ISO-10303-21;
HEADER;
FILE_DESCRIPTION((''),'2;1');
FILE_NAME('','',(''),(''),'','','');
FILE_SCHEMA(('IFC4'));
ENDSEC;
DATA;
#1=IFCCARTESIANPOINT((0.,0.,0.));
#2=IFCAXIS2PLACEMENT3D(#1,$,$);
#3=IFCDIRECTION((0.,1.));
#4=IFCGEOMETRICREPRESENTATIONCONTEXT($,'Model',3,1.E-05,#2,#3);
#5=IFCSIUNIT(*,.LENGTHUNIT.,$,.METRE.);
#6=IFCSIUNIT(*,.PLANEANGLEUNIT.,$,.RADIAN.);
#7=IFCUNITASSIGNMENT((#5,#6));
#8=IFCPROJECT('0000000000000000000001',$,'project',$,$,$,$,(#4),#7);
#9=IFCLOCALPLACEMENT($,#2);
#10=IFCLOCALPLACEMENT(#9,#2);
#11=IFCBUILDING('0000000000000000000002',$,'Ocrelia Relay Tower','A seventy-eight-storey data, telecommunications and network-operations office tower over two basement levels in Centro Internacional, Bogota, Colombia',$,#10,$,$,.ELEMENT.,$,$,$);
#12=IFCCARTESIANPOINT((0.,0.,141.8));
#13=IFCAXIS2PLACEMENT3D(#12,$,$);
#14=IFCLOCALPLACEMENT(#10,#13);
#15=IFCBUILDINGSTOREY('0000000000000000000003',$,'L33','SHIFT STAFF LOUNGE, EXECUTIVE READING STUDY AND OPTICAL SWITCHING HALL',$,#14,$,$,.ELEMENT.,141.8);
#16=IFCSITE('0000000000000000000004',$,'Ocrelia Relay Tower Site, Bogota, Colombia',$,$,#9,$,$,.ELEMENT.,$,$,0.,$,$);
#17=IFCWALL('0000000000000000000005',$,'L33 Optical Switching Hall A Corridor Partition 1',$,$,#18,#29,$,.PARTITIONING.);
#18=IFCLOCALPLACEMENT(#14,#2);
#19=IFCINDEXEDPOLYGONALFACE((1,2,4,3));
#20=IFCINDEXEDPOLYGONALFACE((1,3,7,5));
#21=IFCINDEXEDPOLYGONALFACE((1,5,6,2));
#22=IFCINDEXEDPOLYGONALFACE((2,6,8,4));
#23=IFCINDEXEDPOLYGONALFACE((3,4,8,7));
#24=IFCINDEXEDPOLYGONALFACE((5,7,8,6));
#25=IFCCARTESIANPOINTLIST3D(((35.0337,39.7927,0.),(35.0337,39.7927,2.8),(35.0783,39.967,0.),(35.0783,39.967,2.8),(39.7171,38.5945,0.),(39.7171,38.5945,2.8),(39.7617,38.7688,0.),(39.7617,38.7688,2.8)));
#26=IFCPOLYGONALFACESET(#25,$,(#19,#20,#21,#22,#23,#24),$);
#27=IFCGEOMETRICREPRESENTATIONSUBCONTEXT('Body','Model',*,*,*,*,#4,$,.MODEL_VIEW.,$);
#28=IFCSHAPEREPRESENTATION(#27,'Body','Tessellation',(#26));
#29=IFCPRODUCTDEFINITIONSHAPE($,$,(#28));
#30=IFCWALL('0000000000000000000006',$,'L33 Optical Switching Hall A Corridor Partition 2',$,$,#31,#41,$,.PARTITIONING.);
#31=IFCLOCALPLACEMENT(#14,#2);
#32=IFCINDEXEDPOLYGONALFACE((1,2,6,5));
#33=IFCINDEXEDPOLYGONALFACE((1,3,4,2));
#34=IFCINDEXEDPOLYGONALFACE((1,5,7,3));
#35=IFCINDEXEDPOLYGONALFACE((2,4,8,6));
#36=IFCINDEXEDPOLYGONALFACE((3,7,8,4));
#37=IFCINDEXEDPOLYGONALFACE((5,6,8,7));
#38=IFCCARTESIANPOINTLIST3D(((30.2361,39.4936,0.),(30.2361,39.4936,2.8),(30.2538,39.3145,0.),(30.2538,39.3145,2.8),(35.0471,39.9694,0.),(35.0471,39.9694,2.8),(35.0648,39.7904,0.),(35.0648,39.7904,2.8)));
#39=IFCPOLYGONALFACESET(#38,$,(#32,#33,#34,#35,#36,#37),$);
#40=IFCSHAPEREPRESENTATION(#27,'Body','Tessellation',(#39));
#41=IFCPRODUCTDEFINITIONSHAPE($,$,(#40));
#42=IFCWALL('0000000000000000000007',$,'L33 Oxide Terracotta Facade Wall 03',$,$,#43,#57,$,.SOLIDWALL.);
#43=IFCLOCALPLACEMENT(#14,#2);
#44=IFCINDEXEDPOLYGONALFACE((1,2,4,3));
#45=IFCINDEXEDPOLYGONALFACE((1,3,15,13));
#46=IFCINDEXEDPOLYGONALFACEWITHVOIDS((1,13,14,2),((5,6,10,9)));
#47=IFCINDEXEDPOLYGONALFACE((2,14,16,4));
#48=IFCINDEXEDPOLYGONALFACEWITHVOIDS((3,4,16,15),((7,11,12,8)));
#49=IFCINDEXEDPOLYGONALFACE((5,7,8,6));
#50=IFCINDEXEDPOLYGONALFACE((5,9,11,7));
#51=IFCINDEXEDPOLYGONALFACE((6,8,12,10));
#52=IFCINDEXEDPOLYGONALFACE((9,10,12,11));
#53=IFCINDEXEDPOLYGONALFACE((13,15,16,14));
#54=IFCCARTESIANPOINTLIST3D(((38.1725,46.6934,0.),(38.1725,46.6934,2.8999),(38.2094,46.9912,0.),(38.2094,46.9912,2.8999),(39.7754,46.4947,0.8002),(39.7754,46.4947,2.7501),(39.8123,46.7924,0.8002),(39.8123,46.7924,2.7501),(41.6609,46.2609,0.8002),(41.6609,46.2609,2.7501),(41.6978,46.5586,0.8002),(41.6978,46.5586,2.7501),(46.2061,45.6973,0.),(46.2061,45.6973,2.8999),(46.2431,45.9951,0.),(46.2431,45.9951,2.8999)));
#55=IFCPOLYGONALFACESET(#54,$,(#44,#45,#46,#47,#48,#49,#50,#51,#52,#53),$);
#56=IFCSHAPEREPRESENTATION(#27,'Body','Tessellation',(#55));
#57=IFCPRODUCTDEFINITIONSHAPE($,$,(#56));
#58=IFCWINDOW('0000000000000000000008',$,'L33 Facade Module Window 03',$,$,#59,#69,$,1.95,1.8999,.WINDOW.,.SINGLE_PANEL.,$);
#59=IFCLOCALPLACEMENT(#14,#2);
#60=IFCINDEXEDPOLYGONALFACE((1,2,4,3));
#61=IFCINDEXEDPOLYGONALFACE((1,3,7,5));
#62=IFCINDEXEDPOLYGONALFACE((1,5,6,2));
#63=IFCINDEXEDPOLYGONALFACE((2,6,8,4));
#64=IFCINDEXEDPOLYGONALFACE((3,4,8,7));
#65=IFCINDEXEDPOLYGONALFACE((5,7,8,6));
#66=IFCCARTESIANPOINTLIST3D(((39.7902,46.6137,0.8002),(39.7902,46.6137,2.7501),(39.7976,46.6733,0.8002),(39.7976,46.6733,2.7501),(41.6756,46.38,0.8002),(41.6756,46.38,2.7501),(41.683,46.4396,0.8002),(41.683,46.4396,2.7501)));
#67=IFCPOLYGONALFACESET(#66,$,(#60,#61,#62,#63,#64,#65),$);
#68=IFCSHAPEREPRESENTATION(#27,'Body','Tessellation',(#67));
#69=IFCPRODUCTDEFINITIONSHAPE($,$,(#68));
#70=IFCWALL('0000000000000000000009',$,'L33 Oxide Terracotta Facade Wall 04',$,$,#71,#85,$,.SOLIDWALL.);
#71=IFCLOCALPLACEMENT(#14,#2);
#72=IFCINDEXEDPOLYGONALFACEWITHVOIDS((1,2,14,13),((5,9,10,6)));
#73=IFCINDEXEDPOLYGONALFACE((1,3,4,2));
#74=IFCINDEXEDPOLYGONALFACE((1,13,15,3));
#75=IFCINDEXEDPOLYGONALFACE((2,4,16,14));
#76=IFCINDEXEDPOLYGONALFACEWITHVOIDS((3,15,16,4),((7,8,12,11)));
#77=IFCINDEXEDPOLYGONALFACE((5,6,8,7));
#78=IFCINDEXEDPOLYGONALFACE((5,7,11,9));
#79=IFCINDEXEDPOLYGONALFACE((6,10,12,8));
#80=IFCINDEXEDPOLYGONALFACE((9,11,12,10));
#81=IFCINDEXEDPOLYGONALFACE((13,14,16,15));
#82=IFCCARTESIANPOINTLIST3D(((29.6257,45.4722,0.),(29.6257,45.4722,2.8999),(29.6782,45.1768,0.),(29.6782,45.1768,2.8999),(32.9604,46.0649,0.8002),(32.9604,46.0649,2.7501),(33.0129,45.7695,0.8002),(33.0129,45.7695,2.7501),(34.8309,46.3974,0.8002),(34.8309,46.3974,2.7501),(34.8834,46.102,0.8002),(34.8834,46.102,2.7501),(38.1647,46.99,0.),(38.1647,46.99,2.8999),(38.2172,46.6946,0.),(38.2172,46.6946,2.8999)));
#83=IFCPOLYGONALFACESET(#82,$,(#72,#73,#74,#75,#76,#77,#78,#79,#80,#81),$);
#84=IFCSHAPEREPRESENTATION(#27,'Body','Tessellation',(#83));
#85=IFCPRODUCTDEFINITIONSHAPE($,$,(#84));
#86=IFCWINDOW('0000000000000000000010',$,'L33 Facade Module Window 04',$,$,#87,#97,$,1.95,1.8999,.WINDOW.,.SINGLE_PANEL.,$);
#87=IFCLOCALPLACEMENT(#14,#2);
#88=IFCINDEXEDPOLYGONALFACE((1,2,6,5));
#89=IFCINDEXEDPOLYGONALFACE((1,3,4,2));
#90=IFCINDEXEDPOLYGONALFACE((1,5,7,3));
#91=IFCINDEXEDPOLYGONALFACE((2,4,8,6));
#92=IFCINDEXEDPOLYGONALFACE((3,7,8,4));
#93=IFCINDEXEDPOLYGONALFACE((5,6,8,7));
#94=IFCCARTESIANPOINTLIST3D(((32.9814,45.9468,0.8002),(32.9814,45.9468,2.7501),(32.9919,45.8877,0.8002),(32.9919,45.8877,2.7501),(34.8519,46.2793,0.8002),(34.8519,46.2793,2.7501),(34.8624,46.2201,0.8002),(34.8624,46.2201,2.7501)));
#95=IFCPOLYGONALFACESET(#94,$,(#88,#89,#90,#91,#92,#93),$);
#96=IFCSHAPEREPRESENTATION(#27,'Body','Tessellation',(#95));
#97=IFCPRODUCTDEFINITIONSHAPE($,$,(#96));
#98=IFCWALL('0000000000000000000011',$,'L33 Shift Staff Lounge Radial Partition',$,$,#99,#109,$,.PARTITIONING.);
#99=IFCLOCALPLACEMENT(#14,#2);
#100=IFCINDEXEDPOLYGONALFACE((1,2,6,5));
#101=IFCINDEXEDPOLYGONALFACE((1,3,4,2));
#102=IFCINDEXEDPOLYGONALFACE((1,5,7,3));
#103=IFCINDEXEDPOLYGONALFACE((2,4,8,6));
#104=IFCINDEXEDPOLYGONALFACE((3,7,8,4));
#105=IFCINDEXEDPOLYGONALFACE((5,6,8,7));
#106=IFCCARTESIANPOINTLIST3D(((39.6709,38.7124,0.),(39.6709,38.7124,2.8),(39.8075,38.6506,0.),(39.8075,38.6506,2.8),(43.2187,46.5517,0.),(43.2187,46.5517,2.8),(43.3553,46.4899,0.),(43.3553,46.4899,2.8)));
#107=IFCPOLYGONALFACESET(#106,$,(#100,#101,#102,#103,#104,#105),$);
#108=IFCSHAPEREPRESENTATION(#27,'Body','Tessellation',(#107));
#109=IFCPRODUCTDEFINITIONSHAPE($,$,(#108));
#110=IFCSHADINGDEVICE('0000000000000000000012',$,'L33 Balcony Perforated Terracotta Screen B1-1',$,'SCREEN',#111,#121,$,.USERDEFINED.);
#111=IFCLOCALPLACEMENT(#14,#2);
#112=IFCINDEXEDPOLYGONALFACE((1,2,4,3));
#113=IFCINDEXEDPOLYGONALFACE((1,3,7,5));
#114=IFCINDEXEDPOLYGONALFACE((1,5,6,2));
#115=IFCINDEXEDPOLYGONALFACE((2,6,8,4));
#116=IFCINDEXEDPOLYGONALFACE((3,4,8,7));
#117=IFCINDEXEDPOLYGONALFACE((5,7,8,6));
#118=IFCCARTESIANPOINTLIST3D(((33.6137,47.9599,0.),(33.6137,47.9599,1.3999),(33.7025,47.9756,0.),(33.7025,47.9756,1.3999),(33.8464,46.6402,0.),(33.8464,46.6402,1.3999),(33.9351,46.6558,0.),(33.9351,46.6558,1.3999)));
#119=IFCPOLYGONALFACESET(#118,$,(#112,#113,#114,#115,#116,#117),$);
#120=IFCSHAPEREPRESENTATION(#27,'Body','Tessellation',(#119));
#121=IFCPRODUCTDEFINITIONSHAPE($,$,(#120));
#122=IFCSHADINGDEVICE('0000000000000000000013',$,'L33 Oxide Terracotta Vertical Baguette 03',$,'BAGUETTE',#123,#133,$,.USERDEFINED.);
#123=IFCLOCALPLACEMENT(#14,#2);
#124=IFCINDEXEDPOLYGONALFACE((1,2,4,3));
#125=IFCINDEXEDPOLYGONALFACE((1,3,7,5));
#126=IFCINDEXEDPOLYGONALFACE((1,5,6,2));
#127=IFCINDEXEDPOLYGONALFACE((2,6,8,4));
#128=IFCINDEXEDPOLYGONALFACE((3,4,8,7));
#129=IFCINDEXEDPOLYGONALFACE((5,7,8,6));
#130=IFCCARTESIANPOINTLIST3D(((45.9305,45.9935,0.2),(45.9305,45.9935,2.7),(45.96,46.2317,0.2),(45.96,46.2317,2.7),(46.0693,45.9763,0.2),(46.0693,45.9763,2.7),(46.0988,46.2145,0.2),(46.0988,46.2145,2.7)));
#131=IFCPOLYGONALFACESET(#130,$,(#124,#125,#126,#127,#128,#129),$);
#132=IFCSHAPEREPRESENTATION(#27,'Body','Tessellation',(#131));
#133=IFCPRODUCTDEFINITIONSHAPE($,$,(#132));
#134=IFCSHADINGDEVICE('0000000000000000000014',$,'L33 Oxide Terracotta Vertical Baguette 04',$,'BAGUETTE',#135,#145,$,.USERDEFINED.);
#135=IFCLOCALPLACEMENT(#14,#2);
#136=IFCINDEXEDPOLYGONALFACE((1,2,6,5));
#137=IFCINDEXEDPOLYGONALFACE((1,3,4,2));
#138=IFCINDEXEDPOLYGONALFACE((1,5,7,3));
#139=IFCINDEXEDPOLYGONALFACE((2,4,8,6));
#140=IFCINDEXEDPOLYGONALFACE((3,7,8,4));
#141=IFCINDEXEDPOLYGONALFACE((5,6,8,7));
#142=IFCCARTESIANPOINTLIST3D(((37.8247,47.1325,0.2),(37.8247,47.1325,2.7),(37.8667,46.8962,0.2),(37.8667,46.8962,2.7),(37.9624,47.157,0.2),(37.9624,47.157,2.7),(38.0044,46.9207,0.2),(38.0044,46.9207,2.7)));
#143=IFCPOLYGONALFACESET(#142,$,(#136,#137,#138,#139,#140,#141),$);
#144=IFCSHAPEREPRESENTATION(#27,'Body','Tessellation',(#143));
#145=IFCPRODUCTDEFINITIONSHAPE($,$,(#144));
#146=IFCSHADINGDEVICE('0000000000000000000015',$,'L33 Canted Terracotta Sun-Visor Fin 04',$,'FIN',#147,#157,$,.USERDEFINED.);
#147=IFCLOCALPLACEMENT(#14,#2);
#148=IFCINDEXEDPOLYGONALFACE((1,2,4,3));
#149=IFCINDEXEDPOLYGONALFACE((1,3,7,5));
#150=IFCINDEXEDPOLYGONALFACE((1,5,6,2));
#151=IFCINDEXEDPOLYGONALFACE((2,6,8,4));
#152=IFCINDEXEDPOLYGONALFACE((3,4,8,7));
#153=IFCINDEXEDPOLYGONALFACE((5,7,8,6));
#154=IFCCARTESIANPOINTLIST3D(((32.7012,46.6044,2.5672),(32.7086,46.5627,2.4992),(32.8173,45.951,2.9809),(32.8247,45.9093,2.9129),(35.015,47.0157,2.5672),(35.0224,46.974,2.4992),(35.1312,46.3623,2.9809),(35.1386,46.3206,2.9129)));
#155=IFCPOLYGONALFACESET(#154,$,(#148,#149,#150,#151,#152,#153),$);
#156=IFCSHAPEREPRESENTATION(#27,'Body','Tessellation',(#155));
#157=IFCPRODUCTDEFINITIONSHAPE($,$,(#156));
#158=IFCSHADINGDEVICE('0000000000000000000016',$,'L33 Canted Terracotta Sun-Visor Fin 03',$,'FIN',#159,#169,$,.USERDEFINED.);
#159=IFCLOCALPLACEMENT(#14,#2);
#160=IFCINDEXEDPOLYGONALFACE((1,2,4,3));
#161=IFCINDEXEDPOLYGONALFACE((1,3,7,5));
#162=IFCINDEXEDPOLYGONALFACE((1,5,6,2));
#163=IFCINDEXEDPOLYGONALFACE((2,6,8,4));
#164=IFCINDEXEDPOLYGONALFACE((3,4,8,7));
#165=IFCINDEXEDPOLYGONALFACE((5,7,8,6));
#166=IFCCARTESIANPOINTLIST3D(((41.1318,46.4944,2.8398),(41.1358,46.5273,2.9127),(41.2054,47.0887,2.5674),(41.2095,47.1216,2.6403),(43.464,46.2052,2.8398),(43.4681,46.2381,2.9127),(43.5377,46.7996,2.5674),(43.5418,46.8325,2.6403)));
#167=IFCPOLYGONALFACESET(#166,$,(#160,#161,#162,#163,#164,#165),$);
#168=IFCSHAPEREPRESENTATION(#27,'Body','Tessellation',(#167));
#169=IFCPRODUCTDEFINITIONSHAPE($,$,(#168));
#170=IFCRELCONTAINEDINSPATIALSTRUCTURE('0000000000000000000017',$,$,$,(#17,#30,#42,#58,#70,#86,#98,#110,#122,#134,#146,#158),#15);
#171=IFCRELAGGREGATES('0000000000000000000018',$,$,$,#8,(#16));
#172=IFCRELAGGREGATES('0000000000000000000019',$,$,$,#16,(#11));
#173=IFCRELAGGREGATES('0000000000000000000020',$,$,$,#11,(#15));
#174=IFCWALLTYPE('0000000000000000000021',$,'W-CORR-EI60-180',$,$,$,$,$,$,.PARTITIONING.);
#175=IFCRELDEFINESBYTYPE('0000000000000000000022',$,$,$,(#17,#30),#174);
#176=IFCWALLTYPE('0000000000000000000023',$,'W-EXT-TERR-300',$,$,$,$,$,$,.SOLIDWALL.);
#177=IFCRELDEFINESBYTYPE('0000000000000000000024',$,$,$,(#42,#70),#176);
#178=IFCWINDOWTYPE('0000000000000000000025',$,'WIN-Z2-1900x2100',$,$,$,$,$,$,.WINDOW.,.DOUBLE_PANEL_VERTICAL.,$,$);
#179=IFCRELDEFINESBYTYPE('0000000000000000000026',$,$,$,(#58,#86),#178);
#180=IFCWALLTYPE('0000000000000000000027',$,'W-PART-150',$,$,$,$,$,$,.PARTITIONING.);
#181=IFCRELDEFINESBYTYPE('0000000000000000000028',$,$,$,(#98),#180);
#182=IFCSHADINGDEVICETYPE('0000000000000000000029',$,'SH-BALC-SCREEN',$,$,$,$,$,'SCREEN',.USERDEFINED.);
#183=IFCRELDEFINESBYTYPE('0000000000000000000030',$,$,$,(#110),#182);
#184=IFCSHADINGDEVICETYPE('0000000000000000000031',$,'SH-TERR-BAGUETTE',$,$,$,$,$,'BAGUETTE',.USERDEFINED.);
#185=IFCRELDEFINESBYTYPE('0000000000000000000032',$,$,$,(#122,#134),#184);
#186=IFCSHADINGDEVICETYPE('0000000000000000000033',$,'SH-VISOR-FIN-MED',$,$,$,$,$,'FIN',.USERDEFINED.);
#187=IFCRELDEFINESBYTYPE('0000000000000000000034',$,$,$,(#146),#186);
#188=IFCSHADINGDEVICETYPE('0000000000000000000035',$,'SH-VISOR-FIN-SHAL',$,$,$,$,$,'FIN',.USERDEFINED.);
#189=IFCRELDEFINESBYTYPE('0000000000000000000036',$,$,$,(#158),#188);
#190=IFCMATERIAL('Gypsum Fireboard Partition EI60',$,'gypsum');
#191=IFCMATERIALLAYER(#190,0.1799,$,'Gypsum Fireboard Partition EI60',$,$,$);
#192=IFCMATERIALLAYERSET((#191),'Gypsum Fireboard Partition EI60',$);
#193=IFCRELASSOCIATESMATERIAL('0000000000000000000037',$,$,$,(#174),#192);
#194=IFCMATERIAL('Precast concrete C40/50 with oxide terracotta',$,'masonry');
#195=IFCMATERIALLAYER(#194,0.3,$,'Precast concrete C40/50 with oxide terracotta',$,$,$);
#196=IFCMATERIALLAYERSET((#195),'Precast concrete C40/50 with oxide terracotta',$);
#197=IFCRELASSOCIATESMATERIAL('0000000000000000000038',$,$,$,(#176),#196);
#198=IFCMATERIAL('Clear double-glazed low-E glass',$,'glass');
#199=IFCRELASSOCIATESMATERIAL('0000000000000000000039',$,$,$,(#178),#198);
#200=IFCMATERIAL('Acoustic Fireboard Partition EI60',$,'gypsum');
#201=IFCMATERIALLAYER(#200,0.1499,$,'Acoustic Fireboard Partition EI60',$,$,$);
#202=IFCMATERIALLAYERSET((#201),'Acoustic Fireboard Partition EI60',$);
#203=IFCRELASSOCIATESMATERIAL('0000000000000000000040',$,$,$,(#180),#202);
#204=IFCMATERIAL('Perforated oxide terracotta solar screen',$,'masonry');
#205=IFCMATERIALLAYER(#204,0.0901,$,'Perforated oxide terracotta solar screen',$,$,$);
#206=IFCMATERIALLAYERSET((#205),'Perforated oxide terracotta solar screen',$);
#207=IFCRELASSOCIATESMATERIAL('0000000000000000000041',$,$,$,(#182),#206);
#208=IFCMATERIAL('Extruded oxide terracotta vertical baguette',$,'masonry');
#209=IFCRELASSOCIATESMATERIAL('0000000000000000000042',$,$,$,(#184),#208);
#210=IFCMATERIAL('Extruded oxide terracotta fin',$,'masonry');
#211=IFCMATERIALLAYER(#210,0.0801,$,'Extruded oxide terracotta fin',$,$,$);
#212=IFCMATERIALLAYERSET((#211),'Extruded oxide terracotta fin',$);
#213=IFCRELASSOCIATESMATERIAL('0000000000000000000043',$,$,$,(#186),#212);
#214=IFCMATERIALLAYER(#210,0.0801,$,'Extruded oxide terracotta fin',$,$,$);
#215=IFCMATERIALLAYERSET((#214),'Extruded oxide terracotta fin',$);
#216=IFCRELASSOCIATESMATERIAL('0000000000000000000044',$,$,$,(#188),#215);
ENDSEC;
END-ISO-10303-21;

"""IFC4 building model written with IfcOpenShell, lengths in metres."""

from ifc_helpers import new_model, si_unit, direction, frame, frame_2d, origin, origin_2d, place, context, subcontext, project, spatial, rectangle, extrude, material, layer, layer_set, type_object, element, fill, save


model = new_model("IFC4")

# Units and contexts
model_context = context("Model", 3, precision=1e-05, world=origin(), true_north=direction((0.0, 1.0)))
body_context = subcontext(model_context, "Body", "Model", "MODEL_VIEW")
ifc_project = project(units=[si_unit("LENGTHUNIT", "METRE"), si_unit("PLANEANGLEUNIT", "RADIAN")], contexts=[model_context])

# Site, building, storey
site_placement = place(None, origin())
site = spatial("IfcSite", under=ifc_project, at=site_placement, Name="Ocrelia Relay Tower Site, Bogota, Colombia", CompositionType="ELEMENT", RefElevation=0.0)
building_placement = place(site_placement, origin())
building = spatial("IfcBuilding", under=site, at=building_placement, Name="Ocrelia Relay Tower", Description="A seventy-eight-storey data, telecommunications and network-operations office tower over two basement levels in Centro Internacional, Bogota, Colombia", CompositionType="ELEMENT")
storey_placement = place(building_placement, frame((0.0, 0.0, 141.8)))
storey = spatial("IfcBuildingStorey", under=building, at=storey_placement, Name="L33", Description="SHIFT STAFF LOUNGE, EXECUTIVE READING STUDY AND OPTICAL SWITCHING HALL", CompositionType="ELEMENT", Elevation=141.8)

# Walls
ifc_material_1 = material(Name="Gypsum Fireboard Partition EI60", Category="gypsum")
ifc_layer_1 = layer(ifc_material_1, 0.1799, Name="Gypsum Fireboard Partition EI60")
ifc_layer_set_1 = layer_set([ifc_layer_1], Name="Gypsum Fireboard Partition EI60")
wall_type_1 = type_object("IfcWallType", Name="W-CORR-EI60-180", PredefinedType="PARTITIONING", material=ifc_layer_set_1)
wall_1_placement = place(storey_placement, frame((39.7393, 38.6816, 0.0), z_axis=(0.0, 0.0, 1.0), x_axis=(-0.968794, 0.247867, 0.0)))
element("IfcWall", 1, at=wall_1_placement, inside=storey, type_object=wall_type_1, Name="L33 Optical Switching Hall A Corridor Partition 1", PredefinedType="PARTITIONING", context=body_context, shape_type="SweptSolid", body=[
    extrude(rectangle(XDim=4.8342, YDim=0.1799, at=frame_2d((2.417, 0.0))), origin(), (0.0, 0.0, 1.0), 2.8),
])
wall_2_placement = place(storey_placement, frame((35.0559, 39.8799, 0.0), z_axis=(0.0, 0.0, 1.0), x_axis=(-0.995145, -0.098424, 0.0)))
element("IfcWall", 2, at=wall_2_placement, inside=storey, type_object=wall_type_1, Name="L33 Optical Switching Hall A Corridor Partition 2", PredefinedType="PARTITIONING", context=body_context, shape_type="SweptSolid", body=[
    extrude(rectangle(XDim=4.8345, YDim=0.1799, at=frame_2d((2.4172, 0.0))), origin(), (0.0, 0.0, 1.0), 2.8),
])

# Walls, openings, windows
ifc_material_2 = material(Name="Precast concrete C40/50 with oxide terracotta", Category="masonry")
ifc_layer_2 = layer(ifc_material_2, 0.3, Name="Precast concrete C40/50 with oxide terracotta")
ifc_layer_set_2 = layer_set([ifc_layer_2], Name="Precast concrete C40/50 with oxide terracotta")
wall_type_2 = type_object("IfcWallType", Name="W-EXT-TERR-300", PredefinedType="SOLIDWALL", material=ifc_layer_set_2)
wall_3_placement = place(storey_placement, frame((46.2246, 45.8462, 0.0), z_axis=(0.0, 0.0, 1.0), x_axis=(-0.992401, 0.123047, 0.0)))
wall_3 = element("IfcWall", 3, at=wall_3_placement, inside=storey, type_object=wall_type_2, Name="L33 Oxide Terracotta Facade Wall 03", PredefinedType="SOLIDWALL", context=body_context, shape_type="SweptSolid", body=[
    extrude(rectangle(XDim=8.0952, YDim=0.3, at=frame_2d((4.0476, 0.0))), origin(), (0.0, 0.0, 1.0), 2.8999),
])
opening_1_placement = place(wall_3_placement, frame((4.5801, 0.0, 0.8)))
opening_1 = element("IfcOpeningElement", 4, at=opening_1_placement, cuts=wall_3, PredefinedType="OPENING", context=body_context, shape_type="SweptSolid", body=[
    extrude(rectangle(XDim=1.8999, YDim=1.95, at=frame_2d((0.95, 0.9751))), frame((0.0, 0.1602, 0.0), z_axis=(0.0, -1.0, 0.0), x_axis=(1.0, 0.0, 0.0)), (0.0, 0.0, 1.0), 0.3201),
])
ifc_material_3 = material(Name="Clear double-glazed low-E glass", Category="glass")
window_type = type_object("IfcWindowType", Name="WIN-Z2-1900x2100", PartitioningType="DOUBLE_PANEL_VERTICAL", PredefinedType="WINDOW", material=ifc_material_3)
window_1_placement = place(opening_1_placement, origin())
window_1 = element("IfcWindow", 5, at=window_1_placement, inside=storey, type_object=window_type, Name="L33 Facade Module Window 03", OverallHeight=1.95, OverallWidth=1.8999, PartitioningType="SINGLE_PANEL", PredefinedType="WINDOW", context=body_context, shape_type="SweptSolid", body=[
    extrude(rectangle(XDim=1.8999, YDim=1.95, at=frame_2d((0.95, 0.9751))), frame((0.0, 0.03, 0.0), z_axis=(0.0, -1.0, 0.0), x_axis=(1.0, 0.0, 0.0)), (0.0, 0.0, 1.0), 0.0601),
])
fill(opening_1, window_1)
wall_4_placement = place(storey_placement, frame((38.1909, 46.8423, 0.0), z_axis=(0.0, 0.0, 1.0), x_axis=(-0.984567, -0.175007, 0.0)))
wall_4 = element("IfcWall", 6, at=wall_4_placement, inside=storey, type_object=wall_type_2, Name="L33 Oxide Terracotta Facade Wall 04", PredefinedType="SOLIDWALL", context=body_context, shape_type="SweptSolid", body=[
    extrude(rectangle(XDim=8.6729, YDim=0.3, at=frame_2d((4.3364, 0.0))), origin(), (0.0, 0.0, 1.0), 2.8999),
])
opening_2_placement = place(wall_4_placement, frame((3.386, 0.0, 0.8)))
opening_2 = element("IfcOpeningElement", 7, at=opening_2_placement, cuts=wall_4, PredefinedType="OPENING", context=body_context, shape_type="SweptSolid", body=[
    extrude(rectangle(XDim=1.8999, YDim=1.95, at=frame_2d((0.95, 0.9751))), frame((0.0, 0.1602, 0.0), z_axis=(0.0, -1.0, 0.0), x_axis=(1.0, 0.0, 0.0)), (0.0, 0.0, 1.0), 0.3201),
])
window_2_placement = place(opening_2_placement, origin())
window_2 = element("IfcWindow", 8, at=window_2_placement, inside=storey, type_object=window_type, Name="L33 Facade Module Window 04", OverallHeight=1.95, OverallWidth=1.8999, PartitioningType="SINGLE_PANEL", PredefinedType="WINDOW", context=body_context, shape_type="SweptSolid", body=[
    extrude(rectangle(XDim=1.8999, YDim=1.95, at=frame_2d((0.95, 0.9751))), frame((0.0, 0.03, 0.0), z_axis=(0.0, -1.0, 0.0), x_axis=(1.0, 0.0, 0.0)), (0.0, 0.0, 1.0), 0.0601),
])
fill(opening_2, window_2)

# Wall
ifc_material_4 = material(Name="Acoustic Fireboard Partition EI60", Category="gypsum")
ifc_layer_3 = layer(ifc_material_4, 0.1499, Name="Acoustic Fireboard Partition EI60")
ifc_layer_set_3 = layer_set([ifc_layer_3], Name="Acoustic Fireboard Partition EI60")
wall_type_3 = type_object("IfcWallType", Name="W-PART-150", PredefinedType="PARTITIONING", material=ifc_layer_set_3)
wall_5_placement = place(storey_placement, frame((39.7393, 38.6816, 0.0), z_axis=(0.0, 0.0, 1.0), x_axis=(0.41231, 0.911043, 0.0)))
element("IfcWall", 9, at=wall_5_placement, inside=storey, type_object=wall_type_3, Name="L33 Shift Staff Lounge Radial Partition", PredefinedType="PARTITIONING", context=body_context, shape_type="SweptSolid", body=[
    extrude(rectangle(XDim=8.6047, YDim=0.1499, at=frame_2d((4.3022, 0.0))), origin(), (0.0, 0.0, 1.0), 2.8),
])

# Shading devices
ifc_material_5 = material(Name="Perforated oxide terracotta solar screen", Category="masonry")
ifc_layer_4 = layer(ifc_material_5, 0.0901, Name="Perforated oxide terracotta solar screen")
ifc_layer_set_4 = layer_set([ifc_layer_4], Name="Perforated oxide terracotta solar screen")
shading_device_type_1 = type_object("IfcShadingDeviceType", Name="SH-BALC-SCREEN", ElementType="SCREEN", PredefinedType="USERDEFINED", material=ifc_layer_set_4)
shading_device_1_placement = place(storey_placement, frame((33.7744, 47.3079, 0.0), z_axis=(0.0, 0.0, 1.0), x_axis=(-0.173597, 0.984817, 0.0)))
element("IfcShadingDevice", 10, at=shading_device_1_placement, inside=storey, type_object=shading_device_type_1, Name="L33 Balcony Perforated Terracotta Screen B1-1", ObjectType="SCREEN", PredefinedType="USERDEFINED", context=body_context, shape_type="SweptSolid", body=[
    extrude(rectangle(XDim=1.3401, YDim=0.0901, at=origin_2d()), origin(), (0.0, 0.0, 1.0), 1.3999),
])
ifc_material_6 = material(Name="Extruded oxide terracotta vertical baguette", Category="masonry")
shading_device_type_2 = type_object("IfcShadingDeviceType", Name="SH-TERR-BAGUETTE", ElementType="BAGUETTE", PredefinedType="USERDEFINED", material=ifc_material_6)
for number, where, z_axis, x_axis, name in (
    (11, (46.0146, 46.104, 0.2), (0.0, 0.0, 1.0), (-0.992401, 0.123049, 0.0), "L33 Oxide Terracotta Vertical Baguette 03"),
    (12, (37.9146, 47.0266, 0.2), (0.0, 0.0, 1.0), (-0.984568, -0.175004, 0.0), "L33 Oxide Terracotta Vertical Baguette 04"),
):
    element("IfcShadingDevice", number, at=place(storey_placement, frame(where, z_axis=z_axis, x_axis=x_axis)), inside=storey, type_object=shading_device_type_2, Name=name, ObjectType="BAGUETTE", PredefinedType="USERDEFINED", context=body_context, shape_type="SweptSolid", body=[
        extrude(rectangle(XDim=0.1399, YDim=0.24, at=origin_2d()), origin(), (0.0, 0.0, 1.0), 2.5),
    ])
ifc_material_7 = material(Name="Extruded oxide terracotta fin", Category="masonry")
ifc_layer_5 = layer(ifc_material_7, 0.0801, Name="Extruded oxide terracotta fin")
ifc_layer_set_5 = layer_set([ifc_layer_5], Name="Extruded oxide terracotta fin")
shading_device_type_3 = type_object("IfcShadingDeviceType", Name="SH-VISOR-FIN-MED", ElementType="FIN", PredefinedType="USERDEFINED", material=ifc_layer_set_5)
shading_device_2_placement = place(storey_placement, frame((33.9236, 46.4417, 2.7061), z_axis=(-0.092583, 0.520867, 0.848603), x_axis=(-0.984568, -0.175004, 0.0)))
element("IfcShadingDevice", 13, at=shading_device_2_placement, inside=storey, type_object=shading_device_type_3, Name="L33 Canted Terracotta Sun-Visor Fin 04", ObjectType="FIN", PredefinedType="USERDEFINED", context=body_context, shape_type="SweptSolid", body=[
    extrude(rectangle(XDim=2.3501, YDim=0.782, at=origin_2d()), origin(), (0.0, 0.0, 1.0), 0.0801),
])
ifc_layer_6 = layer(ifc_material_7, 0.0801, Name="Extruded oxide terracotta fin")
ifc_layer_set_6 = layer_set([ifc_layer_6], Name="Extruded oxide terracotta fin")
shading_device_type_4 = type_object("IfcShadingDeviceType", Name="SH-VISOR-FIN-SHAL", ElementType="FIN", PredefinedType="USERDEFINED", material=ifc_layer_set_6)
shading_device_3_placement = place(storey_placement, frame((42.3347, 46.647, 2.7036), z_axis=(0.05095, 0.410911, 0.910251), x_axis=(-0.992401, 0.123049, 0.0)))
element("IfcShadingDevice", 14, at=shading_device_3_placement, inside=storey, type_object=shading_device_type_4, Name="L33 Canted Terracotta Sun-Visor Fin 03", ObjectType="FIN", PredefinedType="USERDEFINED", context=body_context, shape_type="SweptSolid", body=[
    extrude(rectangle(XDim=2.3501, YDim=0.658, at=origin_2d()), origin(), (0.0, 0.0, 1.0), 0.0801),
])

save(model, "model.ifc")
